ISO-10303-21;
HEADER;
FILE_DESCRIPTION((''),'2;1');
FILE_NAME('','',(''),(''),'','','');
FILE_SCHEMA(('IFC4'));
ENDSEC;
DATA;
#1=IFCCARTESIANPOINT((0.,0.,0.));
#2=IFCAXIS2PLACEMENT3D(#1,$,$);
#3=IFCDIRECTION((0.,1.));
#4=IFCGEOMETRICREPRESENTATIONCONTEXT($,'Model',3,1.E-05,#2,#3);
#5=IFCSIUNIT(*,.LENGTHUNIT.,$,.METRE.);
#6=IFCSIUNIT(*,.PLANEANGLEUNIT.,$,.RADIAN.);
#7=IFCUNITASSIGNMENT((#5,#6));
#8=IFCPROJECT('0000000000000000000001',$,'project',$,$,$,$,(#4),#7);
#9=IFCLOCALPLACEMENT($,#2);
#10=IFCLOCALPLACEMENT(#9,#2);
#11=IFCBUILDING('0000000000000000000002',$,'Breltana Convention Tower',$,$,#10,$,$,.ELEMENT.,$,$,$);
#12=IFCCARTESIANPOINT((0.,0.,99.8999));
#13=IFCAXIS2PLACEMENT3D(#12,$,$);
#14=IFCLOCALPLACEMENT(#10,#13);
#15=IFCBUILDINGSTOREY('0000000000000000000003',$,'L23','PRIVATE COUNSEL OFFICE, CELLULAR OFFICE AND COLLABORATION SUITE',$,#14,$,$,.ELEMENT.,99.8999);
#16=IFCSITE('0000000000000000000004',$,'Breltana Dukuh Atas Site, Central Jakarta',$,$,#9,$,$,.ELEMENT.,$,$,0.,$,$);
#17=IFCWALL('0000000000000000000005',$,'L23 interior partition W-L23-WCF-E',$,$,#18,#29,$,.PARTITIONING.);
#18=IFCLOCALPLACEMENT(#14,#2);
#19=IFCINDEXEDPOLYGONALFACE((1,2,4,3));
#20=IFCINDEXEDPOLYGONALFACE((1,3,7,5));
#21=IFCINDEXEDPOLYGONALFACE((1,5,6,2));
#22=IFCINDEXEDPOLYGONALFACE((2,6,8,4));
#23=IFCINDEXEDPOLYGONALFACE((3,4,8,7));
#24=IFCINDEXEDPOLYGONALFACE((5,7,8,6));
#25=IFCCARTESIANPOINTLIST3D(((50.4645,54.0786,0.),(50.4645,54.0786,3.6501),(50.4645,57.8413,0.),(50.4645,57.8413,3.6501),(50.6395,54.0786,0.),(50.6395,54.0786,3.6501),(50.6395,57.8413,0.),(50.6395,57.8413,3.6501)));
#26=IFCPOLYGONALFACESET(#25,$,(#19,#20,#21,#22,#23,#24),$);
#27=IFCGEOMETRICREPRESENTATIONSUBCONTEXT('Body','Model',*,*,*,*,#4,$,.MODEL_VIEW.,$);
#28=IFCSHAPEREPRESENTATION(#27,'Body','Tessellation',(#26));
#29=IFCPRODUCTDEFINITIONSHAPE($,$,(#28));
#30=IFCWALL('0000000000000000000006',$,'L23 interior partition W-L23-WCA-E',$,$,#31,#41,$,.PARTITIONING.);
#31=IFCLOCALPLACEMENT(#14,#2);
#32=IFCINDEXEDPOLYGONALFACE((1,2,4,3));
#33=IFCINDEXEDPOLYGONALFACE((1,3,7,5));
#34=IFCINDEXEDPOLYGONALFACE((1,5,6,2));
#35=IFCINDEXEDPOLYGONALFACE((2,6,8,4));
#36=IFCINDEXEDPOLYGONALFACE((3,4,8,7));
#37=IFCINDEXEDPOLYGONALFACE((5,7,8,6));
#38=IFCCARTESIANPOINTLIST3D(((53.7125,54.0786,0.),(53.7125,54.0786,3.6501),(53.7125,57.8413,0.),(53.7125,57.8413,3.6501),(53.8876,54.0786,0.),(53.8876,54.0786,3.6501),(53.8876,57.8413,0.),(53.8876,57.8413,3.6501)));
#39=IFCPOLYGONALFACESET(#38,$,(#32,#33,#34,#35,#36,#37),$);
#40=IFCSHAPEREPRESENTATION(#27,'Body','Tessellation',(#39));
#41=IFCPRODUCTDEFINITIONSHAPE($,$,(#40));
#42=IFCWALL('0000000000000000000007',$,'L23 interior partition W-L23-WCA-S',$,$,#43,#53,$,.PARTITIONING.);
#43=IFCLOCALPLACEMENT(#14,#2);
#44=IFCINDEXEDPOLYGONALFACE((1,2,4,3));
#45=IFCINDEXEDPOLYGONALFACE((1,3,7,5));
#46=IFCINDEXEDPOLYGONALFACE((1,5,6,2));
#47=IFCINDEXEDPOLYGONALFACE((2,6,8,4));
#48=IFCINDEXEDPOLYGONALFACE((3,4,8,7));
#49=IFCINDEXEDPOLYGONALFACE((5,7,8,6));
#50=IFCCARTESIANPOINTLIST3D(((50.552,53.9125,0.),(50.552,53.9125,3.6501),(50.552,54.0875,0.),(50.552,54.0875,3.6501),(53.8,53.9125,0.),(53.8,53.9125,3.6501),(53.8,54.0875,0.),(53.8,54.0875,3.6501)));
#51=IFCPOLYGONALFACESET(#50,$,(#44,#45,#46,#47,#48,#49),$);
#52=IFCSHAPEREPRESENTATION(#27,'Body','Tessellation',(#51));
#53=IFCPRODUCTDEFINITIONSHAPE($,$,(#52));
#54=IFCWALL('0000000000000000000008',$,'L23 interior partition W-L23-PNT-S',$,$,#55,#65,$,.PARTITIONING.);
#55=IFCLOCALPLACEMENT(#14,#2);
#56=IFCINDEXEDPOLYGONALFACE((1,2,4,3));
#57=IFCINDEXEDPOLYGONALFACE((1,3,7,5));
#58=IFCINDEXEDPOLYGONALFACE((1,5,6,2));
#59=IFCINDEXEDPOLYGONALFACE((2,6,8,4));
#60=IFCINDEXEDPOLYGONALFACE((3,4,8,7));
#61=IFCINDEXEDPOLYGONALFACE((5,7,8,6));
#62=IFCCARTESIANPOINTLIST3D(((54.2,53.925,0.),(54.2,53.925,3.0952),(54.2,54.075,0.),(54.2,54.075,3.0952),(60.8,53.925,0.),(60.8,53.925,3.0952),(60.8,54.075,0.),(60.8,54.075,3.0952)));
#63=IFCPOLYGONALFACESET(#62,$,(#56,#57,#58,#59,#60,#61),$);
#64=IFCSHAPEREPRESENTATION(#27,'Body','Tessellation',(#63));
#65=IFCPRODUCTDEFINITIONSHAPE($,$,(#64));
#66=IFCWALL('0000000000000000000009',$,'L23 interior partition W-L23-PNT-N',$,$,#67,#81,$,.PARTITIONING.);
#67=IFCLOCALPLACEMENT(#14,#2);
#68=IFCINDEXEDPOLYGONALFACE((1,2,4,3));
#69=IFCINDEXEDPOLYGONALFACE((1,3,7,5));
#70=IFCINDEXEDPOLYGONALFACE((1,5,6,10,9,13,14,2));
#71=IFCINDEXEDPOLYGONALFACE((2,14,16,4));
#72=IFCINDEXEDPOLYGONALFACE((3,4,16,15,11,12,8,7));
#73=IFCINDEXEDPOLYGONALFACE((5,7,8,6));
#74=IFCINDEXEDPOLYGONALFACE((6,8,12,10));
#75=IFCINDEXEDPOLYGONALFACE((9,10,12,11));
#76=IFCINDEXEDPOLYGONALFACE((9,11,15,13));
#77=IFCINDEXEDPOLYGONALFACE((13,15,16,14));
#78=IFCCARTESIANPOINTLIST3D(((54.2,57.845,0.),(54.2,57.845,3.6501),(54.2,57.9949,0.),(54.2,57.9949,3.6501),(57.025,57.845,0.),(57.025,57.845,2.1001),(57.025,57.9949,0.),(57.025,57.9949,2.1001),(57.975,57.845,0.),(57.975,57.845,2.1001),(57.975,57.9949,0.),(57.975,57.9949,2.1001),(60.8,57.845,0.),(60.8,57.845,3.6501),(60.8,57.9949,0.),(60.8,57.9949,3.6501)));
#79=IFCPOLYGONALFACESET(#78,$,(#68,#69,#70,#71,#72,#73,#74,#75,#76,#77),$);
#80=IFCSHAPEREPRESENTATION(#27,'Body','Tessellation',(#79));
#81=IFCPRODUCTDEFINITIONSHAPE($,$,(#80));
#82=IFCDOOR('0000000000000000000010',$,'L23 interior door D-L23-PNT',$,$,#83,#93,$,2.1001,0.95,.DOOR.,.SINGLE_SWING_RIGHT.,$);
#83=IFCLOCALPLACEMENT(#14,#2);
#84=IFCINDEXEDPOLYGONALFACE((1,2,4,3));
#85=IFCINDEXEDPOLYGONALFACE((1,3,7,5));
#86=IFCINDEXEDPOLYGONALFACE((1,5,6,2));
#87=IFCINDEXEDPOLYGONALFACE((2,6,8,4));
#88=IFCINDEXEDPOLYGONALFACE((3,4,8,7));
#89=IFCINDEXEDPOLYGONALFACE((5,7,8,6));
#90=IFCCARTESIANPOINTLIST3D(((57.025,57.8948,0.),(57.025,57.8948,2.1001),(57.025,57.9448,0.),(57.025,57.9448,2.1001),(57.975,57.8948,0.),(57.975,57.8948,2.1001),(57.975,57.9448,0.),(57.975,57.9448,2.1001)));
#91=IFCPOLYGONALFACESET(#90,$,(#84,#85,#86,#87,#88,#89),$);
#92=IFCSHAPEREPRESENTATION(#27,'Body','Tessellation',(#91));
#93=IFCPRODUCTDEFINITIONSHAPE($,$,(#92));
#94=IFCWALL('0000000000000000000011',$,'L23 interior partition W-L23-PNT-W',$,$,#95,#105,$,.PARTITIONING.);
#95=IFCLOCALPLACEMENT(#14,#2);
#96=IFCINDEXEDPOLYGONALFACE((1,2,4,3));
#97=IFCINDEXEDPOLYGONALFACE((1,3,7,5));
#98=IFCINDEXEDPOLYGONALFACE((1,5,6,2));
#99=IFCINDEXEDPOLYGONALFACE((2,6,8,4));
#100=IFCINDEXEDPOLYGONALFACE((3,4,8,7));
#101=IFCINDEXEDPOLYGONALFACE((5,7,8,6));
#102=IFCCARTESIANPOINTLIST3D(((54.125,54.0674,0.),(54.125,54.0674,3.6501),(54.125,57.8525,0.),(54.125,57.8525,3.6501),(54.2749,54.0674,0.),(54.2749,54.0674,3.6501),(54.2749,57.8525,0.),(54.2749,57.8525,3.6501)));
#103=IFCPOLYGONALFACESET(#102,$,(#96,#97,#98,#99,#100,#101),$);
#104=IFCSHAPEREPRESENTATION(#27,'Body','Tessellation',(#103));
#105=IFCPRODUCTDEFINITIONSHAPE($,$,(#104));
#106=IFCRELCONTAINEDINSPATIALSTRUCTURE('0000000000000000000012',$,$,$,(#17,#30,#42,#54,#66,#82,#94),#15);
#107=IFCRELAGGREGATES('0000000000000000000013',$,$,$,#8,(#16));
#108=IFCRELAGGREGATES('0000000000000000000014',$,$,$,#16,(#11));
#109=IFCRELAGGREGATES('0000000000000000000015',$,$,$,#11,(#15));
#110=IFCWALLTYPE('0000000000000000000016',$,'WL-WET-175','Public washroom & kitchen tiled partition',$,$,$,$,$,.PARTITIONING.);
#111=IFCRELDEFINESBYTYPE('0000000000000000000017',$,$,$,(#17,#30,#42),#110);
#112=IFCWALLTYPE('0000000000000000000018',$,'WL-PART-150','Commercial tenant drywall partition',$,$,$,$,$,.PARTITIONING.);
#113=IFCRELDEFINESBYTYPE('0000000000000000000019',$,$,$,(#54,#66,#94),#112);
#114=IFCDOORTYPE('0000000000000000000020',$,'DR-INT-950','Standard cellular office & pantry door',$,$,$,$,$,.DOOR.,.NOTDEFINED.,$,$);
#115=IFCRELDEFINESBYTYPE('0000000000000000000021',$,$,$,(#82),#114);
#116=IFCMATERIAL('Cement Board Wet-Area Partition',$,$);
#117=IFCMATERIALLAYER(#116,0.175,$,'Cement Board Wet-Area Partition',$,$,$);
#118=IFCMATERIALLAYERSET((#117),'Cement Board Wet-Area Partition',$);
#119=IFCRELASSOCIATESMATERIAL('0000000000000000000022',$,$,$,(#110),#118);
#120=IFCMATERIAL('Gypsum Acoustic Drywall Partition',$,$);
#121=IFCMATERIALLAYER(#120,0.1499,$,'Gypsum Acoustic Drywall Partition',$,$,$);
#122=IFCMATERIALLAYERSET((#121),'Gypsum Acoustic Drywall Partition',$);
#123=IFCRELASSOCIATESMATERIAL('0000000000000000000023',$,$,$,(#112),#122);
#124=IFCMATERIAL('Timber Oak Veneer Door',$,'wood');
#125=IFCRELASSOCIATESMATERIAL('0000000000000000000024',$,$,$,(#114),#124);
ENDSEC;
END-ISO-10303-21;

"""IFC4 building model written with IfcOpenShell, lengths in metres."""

from ifc_helpers import new_model, si_unit, direction, frame, frame_2d, origin, place, context, subcontext, project, spatial, rectangle, extrude, source, transform, mapped, material, layer, layer_set, type_object, type_shapes, element, fill, save


model = new_model("IFC4")

# Units and contexts
model_context = context("Model", 3, precision=1e-05, world=origin(), true_north=direction((0.0, 1.0)))
body_context = subcontext(model_context, "Body", "Model", "MODEL_VIEW")
ifc_project = project(units=[si_unit("LENGTHUNIT", "METRE"), si_unit("PLANEANGLEUNIT", "RADIAN")], contexts=[model_context])

# Site, building, storey
site_placement = place(None, origin())
site = spatial("IfcSite", under=ifc_project, at=site_placement, Name="Breltana Dukuh Atas Site, Central Jakarta", CompositionType="ELEMENT", RefElevation=0.0)
building_placement = place(site_placement, origin())
building = spatial("IfcBuilding", under=site, at=building_placement, Name="Breltana Convention Tower", CompositionType="ELEMENT")
storey_placement = place(building_placement, frame((0.0, 0.0, 99.8999)))
storey = spatial("IfcBuildingStorey", under=building, at=storey_placement, Name="L23", Description="PRIVATE COUNSEL OFFICE, CELLULAR OFFICE AND COLLABORATION SUITE", CompositionType="ELEMENT", Elevation=99.8999)

# Walls
ifc_material_1 = material(Name="Cement Board Wet-Area Partition")
ifc_layer_1 = layer(ifc_material_1, 0.175, Name="Cement Board Wet-Area Partition")
ifc_layer_set_1 = layer_set([ifc_layer_1], Name="Cement Board Wet-Area Partition")
wall_type_1 = type_object("IfcWallType", Name="WL-WET-175", Description="Public washroom & kitchen tiled partition", PredefinedType="PARTITIONING", material=ifc_layer_set_1)
shared_shape_1 = source(origin(), body_context, "Body", "SweptSolid", [
    extrude(rectangle(XDim=3.7627, YDim=0.175, at=frame_2d((1.8813, 0.0))), origin(), (0.0, 0.0, 1.0), 3.6501),
])
for number, where, z_axis, x_axis, name in (
    (1, (50.552, 54.0786, 0.0), (0.0, 0.0, 1.0), (0.0, 1.0, 0.0), "L23 interior partition W-L23-WCF-E"),
    (2, (53.8, 54.0786, 0.0), (0.0, 0.0, 1.0), (0.0, 1.0, 0.0), "L23 interior partition W-L23-WCA-E"),
):
    element("IfcWall", number, at=place(storey_placement, frame(where, z_axis=z_axis, x_axis=x_axis)), inside=storey, type_object=wall_type_1, Name=name, PredefinedType="PARTITIONING", context=body_context, shape_type="MappedRepresentation", body=[
        mapped(shared_shape_1, transform((0.0, 0.0, 0.0), scale=1.0)),
    ])
shared_shape_2 = source(origin(), body_context, "Body", "SweptSolid", [
    extrude(rectangle(XDim=3.248, YDim=0.175, at=frame_2d((1.624, 0.0))), origin(), (0.0, 0.0, 1.0), 3.6501),
])
wall_1_placement = place(storey_placement, frame((50.552, 54.0, 0.0), z_axis=(0.0, 0.0, 1.0), x_axis=(1.0, 0.0, 0.0)))
element("IfcWall", 3, at=wall_1_placement, inside=storey, type_object=wall_type_1, Name="L23 interior partition W-L23-WCA-S", PredefinedType="PARTITIONING", context=body_context, shape_type="MappedRepresentation", body=[
    mapped(shared_shape_2, transform((0.0, 0.0, 0.0), scale=1.0)),
])

# Wall
ifc_material_2 = material(Name="Gypsum Acoustic Drywall Partition")
ifc_layer_2 = layer(ifc_material_2, 0.1499, Name="Gypsum Acoustic Drywall Partition")
ifc_layer_set_2 = layer_set([ifc_layer_2], Name="Gypsum Acoustic Drywall Partition")
wall_type_2 = type_object("IfcWallType", Name="WL-PART-150", Description="Commercial tenant drywall partition", PredefinedType="PARTITIONING", material=ifc_layer_set_2)
shared_shape_3 = source(origin(), body_context, "Body", "SweptSolid", [
    extrude(rectangle(XDim=6.6001, YDim=0.1499, at=frame_2d((3.3, 0.0))), origin(), (0.0, 0.0, 1.0), 3.0952),
])
wall_2_placement = place(storey_placement, frame((54.2, 54.0, 0.0), z_axis=(0.0, 0.0, 1.0), x_axis=(1.0, 0.0, 0.0)))
element("IfcWall", 4, at=wall_2_placement, inside=storey, type_object=wall_type_2, Name="L23 interior partition W-L23-PNT-S", PredefinedType="PARTITIONING", context=body_context, shape_type="MappedRepresentation", body=[
    mapped(shared_shape_3, transform((0.0, 0.0, 0.0), scale=1.0)),
])

# Wall, opening, door
shared_shape_4 = source(origin(), body_context, "Body", "SweptSolid", [
    extrude(rectangle(XDim=6.6001, YDim=0.1499, at=frame_2d((3.3, 0.0))), origin(), (0.0, 0.0, 1.0), 3.6501),
])
wall_3_placement = place(storey_placement, frame((54.2, 57.9199, 0.0), z_axis=(0.0, 0.0, 1.0), x_axis=(1.0, 0.0, 0.0)))
wall_3 = element("IfcWall", 5, at=wall_3_placement, inside=storey, type_object=wall_type_2, Name="L23 interior partition W-L23-PNT-N", PredefinedType="PARTITIONING", context=body_context, shape_type="MappedRepresentation", body=[
    mapped(shared_shape_4, transform((0.0, 0.0, 0.0), scale=1.0)),
])
opening_1_placement = place(wall_3_placement, frame((2.825, 0.0, 0.0)))
opening_1 = element("IfcOpeningElement", 6, at=opening_1_placement, cuts=wall_3, PredefinedType="OPENING", context=body_context, shape_type="SweptSolid", body=[
    extrude(rectangle(XDim=0.95, YDim=2.1001, at=frame_2d((0.4751, 1.05))), frame((0.0, 0.085, 0.0), z_axis=(0.0, -1.0, 0.0), x_axis=(1.0, 0.0, 0.0)), (0.0, 0.0, 1.0), 0.1699),
])
ifc_material_3 = material(Name="Timber Oak Veneer Door", Category="wood")
door_type_1 = type_object("IfcDoorType", Name="DR-INT-950", Description="Standard cellular office & pantry door", OperationType="NOTDEFINED", PredefinedType="DOOR", material=ifc_material_3)
shared_shape_5 = source(origin(), body_context, "Body", "SweptSolid", [
    extrude(rectangle(XDim=0.95, YDim=2.1001, at=frame_2d((0.4751, 1.05))), frame((0.0, 0.0249, 0.0), z_axis=(0.0, -1.0, 0.0), x_axis=(1.0, 0.0, 0.0)), (0.0, 0.0, 1.0), 0.05),
])
type_shapes(door_type_1, [shared_shape_5])
door_1_placement = place(opening_1_placement, origin())
door_1 = element("IfcDoor", 7, at=door_1_placement, inside=storey, type_object=door_type_1, Name="L23 interior door D-L23-PNT", OperationType="SINGLE_SWING_RIGHT", OverallHeight=2.1001, OverallWidth=0.95, PredefinedType="DOOR", context=body_context, shape_type="MappedRepresentation", body=[
    mapped(shared_shape_5, transform((0.0, 0.0, 0.0), scale=1.0)),
])
fill(opening_1, door_1)

# Wall
shared_shape_6 = source(origin(), body_context, "Body", "SweptSolid", [
    extrude(rectangle(XDim=3.7852, YDim=0.1499, at=frame_2d((1.8926, 0.0))), origin(), (0.0, 0.0, 1.0), 3.6501),
])
wall_4_placement = place(storey_placement, frame((54.2, 54.0674, 0.0), z_axis=(0.0, 0.0, 1.0), x_axis=(0.0, 1.0, 0.0)))
element("IfcWall", 8, at=wall_4_placement, inside=storey, type_object=wall_type_2, Name="L23 interior partition W-L23-PNT-W", PredefinedType="PARTITIONING", context=body_context, shape_type="MappedRepresentation", body=[
    mapped(shared_shape_6, transform((0.0, 0.0, 0.0), scale=1.0)),
])

save(model, "model.ifc")
